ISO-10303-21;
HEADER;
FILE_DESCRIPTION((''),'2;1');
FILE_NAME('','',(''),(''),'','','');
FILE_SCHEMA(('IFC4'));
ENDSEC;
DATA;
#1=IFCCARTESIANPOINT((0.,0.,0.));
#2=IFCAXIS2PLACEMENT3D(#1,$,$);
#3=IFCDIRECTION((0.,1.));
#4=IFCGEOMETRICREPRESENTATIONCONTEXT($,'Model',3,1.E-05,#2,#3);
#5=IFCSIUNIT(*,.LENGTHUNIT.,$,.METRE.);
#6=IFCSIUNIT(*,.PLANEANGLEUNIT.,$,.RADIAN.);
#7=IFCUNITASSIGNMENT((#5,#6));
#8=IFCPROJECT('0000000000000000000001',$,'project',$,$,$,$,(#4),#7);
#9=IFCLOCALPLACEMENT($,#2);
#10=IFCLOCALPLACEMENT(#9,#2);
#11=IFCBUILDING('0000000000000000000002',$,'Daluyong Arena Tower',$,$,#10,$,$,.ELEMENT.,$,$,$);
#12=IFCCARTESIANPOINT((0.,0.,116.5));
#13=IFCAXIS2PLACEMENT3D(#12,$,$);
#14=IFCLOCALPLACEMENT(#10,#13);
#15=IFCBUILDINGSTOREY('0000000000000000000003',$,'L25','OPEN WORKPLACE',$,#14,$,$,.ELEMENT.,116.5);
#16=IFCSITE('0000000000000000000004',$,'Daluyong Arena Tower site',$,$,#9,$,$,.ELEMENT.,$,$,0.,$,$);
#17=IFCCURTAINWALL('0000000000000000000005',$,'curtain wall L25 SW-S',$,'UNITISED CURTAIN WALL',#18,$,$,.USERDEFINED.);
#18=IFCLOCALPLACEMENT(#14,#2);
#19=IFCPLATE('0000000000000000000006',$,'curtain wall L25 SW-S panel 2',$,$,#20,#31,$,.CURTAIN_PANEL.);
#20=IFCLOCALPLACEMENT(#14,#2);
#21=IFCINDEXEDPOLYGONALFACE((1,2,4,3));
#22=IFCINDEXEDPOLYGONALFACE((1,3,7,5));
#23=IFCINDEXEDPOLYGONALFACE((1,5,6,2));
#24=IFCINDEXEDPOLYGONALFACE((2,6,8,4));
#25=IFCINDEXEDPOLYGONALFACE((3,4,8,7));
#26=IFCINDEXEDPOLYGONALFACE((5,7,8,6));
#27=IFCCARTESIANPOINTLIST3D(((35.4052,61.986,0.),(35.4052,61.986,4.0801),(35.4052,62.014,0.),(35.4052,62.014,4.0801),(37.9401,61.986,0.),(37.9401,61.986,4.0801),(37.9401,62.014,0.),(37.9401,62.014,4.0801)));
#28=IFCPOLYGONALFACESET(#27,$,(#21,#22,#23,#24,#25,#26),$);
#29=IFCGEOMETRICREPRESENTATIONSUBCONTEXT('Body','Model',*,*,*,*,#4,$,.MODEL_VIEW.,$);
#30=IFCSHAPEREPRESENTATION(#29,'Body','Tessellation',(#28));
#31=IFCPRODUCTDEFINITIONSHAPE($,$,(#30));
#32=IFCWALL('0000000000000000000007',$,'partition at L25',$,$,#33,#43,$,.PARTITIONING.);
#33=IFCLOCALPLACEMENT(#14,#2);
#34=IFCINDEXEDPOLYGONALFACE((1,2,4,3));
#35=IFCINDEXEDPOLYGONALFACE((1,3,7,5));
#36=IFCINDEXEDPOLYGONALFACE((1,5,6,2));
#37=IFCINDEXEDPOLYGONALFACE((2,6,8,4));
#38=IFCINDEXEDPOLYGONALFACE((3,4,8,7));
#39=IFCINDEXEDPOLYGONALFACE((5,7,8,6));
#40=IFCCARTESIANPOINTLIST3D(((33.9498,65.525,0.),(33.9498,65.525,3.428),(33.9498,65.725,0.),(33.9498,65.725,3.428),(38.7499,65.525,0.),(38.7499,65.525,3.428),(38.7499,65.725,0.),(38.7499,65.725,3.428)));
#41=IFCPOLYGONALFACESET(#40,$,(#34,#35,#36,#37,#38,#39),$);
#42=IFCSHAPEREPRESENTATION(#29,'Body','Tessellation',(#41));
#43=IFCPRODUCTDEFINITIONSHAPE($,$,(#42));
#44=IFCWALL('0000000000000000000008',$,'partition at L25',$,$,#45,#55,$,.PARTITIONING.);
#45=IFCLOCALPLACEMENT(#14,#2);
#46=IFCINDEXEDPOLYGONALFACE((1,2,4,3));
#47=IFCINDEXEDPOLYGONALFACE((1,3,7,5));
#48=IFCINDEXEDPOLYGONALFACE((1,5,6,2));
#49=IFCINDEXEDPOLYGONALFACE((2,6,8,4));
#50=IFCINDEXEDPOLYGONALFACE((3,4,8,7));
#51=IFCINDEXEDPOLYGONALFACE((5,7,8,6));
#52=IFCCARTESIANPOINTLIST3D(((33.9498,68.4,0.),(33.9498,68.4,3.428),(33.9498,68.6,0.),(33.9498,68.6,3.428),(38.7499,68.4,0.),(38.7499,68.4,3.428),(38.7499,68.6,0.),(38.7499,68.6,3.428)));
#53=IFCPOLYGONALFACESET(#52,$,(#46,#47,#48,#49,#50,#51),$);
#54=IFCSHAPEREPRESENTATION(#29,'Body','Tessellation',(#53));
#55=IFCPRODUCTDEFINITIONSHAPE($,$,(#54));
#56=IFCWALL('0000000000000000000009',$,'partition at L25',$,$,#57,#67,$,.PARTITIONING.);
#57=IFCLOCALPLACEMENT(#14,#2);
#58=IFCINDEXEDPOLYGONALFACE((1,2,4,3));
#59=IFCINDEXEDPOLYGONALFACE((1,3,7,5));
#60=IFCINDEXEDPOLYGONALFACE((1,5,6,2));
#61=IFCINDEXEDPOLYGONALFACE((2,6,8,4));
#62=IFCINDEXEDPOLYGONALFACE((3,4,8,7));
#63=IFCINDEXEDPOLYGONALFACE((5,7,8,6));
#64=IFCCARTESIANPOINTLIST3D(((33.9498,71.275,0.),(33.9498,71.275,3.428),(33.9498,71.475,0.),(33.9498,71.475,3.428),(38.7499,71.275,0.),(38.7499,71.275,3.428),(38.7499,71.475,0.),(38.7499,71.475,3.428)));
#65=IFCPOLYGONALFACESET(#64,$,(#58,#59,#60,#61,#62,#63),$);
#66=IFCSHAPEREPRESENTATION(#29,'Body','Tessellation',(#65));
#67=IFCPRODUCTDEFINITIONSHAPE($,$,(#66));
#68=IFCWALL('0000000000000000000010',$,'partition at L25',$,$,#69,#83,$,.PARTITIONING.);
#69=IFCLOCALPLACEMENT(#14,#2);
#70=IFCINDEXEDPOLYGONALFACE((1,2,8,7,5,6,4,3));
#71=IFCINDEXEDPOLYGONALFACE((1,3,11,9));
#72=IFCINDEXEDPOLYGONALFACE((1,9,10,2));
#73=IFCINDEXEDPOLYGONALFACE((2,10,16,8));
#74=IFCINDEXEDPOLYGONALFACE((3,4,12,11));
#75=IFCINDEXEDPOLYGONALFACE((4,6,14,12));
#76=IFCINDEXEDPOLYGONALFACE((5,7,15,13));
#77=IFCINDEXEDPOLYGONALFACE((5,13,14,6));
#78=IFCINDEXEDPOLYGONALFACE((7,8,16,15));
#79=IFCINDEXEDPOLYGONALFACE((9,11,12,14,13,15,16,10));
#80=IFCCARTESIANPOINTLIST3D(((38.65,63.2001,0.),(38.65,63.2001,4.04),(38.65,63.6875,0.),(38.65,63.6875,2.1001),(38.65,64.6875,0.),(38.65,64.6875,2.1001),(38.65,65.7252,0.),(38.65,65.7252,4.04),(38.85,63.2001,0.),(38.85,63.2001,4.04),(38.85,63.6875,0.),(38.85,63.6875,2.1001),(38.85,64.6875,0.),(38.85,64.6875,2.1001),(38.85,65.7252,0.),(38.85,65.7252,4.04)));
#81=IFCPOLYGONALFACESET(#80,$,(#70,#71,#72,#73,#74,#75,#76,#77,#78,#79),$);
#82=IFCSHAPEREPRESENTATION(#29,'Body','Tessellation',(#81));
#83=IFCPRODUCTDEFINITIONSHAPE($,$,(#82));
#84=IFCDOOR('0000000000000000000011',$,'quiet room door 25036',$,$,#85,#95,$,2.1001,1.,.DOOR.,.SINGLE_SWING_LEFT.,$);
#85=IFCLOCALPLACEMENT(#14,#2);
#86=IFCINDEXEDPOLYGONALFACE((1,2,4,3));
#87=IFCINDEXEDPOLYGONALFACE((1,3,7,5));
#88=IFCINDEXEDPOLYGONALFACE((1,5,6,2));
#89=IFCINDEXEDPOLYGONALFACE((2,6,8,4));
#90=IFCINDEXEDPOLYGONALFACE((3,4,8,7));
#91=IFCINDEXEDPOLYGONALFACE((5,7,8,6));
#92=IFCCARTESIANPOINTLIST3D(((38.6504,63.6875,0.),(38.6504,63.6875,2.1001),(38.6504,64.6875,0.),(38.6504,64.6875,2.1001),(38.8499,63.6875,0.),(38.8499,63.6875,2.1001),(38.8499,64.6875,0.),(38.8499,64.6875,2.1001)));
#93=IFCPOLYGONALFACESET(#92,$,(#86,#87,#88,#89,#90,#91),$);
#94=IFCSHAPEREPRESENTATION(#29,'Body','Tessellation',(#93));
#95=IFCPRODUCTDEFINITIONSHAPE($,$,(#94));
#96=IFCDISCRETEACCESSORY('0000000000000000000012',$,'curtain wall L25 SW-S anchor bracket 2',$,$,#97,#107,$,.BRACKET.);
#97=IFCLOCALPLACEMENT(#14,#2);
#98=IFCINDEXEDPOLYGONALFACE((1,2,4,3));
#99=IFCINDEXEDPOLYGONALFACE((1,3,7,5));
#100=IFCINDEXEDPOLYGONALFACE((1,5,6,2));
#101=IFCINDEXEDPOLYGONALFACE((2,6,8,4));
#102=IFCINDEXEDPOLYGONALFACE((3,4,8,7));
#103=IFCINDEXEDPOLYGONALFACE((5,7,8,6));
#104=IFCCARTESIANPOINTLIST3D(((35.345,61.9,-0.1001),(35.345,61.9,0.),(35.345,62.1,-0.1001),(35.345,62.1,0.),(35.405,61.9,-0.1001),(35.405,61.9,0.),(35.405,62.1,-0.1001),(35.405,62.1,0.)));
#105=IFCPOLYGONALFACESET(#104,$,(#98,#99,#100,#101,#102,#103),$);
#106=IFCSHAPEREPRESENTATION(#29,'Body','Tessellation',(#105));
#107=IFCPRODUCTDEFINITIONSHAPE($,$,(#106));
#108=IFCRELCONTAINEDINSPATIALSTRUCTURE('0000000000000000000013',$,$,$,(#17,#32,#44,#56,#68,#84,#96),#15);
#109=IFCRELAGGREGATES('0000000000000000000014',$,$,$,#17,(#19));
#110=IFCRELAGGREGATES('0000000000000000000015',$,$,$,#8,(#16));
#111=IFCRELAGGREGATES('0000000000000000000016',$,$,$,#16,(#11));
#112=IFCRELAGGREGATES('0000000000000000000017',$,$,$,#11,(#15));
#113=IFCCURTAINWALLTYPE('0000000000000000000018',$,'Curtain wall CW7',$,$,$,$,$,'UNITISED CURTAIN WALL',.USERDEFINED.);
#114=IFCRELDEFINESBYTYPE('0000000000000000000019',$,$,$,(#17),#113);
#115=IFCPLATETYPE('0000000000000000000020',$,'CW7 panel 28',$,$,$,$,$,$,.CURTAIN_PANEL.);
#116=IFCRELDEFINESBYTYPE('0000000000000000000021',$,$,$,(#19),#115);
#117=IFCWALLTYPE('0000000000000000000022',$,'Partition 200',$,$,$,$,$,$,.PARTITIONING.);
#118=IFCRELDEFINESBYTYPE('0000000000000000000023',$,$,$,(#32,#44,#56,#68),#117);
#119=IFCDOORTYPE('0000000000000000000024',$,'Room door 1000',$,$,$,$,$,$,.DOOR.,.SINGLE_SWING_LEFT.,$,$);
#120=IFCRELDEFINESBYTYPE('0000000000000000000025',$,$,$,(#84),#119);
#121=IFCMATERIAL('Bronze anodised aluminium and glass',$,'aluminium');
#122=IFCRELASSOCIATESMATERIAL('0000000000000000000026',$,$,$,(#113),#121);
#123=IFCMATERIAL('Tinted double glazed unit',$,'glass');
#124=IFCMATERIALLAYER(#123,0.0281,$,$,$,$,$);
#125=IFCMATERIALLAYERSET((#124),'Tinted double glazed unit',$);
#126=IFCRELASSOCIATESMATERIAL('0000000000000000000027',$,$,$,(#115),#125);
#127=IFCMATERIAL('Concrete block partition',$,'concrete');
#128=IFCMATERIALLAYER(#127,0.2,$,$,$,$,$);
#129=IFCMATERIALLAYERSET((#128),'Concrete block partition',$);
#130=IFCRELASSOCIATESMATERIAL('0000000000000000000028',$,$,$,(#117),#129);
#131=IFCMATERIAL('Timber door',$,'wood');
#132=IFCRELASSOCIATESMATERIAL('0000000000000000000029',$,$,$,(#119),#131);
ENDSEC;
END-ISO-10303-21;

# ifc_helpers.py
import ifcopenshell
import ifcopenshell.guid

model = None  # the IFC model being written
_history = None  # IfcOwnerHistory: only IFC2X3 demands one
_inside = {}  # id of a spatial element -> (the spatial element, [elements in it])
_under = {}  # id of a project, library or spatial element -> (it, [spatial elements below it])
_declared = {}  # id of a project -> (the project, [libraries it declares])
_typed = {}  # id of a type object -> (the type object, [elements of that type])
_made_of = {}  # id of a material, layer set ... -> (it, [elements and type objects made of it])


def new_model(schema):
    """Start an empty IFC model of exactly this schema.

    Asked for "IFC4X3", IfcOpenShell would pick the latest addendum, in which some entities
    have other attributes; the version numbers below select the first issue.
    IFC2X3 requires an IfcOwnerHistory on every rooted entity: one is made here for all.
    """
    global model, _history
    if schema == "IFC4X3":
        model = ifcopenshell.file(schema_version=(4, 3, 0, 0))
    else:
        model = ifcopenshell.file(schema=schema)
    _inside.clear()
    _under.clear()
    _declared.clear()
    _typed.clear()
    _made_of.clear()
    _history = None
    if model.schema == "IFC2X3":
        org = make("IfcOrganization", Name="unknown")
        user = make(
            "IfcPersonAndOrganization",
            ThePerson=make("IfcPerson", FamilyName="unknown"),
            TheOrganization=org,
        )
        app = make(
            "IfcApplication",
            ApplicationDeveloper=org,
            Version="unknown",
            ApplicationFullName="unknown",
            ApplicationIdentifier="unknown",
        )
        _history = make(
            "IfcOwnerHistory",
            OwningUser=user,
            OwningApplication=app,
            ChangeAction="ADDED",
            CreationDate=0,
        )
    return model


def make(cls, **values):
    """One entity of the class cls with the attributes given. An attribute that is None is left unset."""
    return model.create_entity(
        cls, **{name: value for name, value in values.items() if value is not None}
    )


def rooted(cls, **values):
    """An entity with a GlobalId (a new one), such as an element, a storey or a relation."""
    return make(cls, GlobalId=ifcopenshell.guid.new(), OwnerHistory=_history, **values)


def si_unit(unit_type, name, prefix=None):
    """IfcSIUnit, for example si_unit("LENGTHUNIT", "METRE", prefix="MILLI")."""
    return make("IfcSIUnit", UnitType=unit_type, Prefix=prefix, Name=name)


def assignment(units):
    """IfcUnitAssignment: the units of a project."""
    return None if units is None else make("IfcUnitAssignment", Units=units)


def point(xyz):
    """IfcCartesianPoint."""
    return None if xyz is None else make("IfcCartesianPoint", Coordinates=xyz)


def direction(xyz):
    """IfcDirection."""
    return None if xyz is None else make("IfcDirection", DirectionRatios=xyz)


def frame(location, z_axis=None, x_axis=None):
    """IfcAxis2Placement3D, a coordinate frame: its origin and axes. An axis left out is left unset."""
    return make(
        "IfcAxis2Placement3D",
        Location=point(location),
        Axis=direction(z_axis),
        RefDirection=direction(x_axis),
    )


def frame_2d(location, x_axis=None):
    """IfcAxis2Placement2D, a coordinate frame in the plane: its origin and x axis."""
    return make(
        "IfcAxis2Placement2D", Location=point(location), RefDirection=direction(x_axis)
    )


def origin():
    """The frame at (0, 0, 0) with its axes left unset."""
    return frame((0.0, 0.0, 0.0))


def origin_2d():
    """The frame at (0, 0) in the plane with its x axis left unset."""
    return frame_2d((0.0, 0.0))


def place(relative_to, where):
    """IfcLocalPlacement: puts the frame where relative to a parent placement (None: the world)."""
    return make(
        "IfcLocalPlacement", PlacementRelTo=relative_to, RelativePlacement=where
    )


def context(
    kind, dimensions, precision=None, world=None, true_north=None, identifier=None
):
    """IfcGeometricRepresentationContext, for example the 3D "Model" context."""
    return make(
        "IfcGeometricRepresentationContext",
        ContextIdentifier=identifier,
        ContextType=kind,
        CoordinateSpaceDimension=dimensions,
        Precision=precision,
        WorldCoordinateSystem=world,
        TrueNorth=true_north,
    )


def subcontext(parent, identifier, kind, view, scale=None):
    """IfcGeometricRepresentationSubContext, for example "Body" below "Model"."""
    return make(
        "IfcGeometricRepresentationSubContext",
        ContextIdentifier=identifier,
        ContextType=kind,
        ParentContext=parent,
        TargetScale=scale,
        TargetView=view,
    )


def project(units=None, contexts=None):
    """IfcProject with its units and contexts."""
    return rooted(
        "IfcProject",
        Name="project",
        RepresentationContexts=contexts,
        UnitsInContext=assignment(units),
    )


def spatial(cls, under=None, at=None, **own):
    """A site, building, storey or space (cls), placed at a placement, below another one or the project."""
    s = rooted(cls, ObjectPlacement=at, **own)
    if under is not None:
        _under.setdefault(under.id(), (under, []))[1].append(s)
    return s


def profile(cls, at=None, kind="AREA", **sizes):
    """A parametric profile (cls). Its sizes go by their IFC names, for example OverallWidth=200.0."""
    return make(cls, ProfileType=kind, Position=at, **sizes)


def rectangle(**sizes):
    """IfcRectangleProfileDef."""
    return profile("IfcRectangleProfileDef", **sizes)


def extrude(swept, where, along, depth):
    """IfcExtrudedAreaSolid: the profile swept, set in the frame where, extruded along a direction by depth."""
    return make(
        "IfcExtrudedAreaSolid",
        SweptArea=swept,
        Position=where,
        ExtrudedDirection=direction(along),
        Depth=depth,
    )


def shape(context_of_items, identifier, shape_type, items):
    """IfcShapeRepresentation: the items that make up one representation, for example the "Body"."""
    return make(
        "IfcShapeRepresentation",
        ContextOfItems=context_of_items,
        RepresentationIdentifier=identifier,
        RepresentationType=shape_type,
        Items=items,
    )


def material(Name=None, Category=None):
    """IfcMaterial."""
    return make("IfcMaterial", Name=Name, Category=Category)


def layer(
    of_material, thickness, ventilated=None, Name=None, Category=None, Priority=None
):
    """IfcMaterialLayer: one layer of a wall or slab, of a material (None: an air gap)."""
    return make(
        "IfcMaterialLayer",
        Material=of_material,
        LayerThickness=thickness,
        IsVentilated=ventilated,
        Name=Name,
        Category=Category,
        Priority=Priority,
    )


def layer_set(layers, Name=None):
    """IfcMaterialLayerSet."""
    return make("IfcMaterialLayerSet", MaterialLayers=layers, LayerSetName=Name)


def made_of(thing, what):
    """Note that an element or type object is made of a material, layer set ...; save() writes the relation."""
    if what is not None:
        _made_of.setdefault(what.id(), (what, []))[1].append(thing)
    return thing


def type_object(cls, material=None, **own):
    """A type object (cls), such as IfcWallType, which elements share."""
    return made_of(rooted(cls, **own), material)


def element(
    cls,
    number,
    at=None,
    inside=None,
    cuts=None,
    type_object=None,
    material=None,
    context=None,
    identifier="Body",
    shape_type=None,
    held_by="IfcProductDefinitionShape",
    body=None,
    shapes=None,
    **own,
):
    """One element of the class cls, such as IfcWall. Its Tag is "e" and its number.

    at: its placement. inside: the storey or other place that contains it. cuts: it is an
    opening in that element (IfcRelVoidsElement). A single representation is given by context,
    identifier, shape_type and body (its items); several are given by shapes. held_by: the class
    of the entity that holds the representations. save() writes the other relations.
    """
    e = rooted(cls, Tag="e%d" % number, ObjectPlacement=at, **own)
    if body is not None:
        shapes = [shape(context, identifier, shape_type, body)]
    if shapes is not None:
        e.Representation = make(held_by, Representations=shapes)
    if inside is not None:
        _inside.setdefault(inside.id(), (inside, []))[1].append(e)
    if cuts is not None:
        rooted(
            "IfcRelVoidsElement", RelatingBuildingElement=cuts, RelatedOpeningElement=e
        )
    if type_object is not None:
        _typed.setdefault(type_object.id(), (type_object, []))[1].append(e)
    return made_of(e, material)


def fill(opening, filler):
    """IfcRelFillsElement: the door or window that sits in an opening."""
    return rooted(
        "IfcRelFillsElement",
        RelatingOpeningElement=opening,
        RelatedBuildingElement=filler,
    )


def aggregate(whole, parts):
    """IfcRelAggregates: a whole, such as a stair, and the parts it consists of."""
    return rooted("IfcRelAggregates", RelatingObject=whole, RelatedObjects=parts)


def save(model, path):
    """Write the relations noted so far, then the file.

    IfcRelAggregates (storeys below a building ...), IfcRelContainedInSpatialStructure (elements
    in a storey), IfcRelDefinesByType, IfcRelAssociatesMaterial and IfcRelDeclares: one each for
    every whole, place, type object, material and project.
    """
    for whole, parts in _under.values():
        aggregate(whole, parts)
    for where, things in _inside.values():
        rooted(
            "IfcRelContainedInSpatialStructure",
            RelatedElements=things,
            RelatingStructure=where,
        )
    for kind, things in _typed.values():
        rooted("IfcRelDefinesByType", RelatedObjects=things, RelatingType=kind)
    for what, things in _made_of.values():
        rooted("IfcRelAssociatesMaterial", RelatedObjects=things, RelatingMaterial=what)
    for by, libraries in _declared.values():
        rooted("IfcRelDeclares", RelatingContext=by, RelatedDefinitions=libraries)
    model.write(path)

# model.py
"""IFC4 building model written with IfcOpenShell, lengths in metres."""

from ifc_helpers import new_model, si_unit, direction, frame, frame_2d, origin, origin_2d, place, context, subcontext, project, spatial, rectangle, extrude, material, layer, layer_set, type_object, element, fill, aggregate, save


model = new_model("IFC4")

# Units and contexts
model_context = context("Model", 3, precision=1e-05, world=origin(), true_north=direction((0.0, 1.0)))
body_context = subcontext(model_context, "Body", "Model", "MODEL_VIEW")
ifc_project = project(units=[si_unit("LENGTHUNIT", "METRE"), si_unit("PLANEANGLEUNIT", "RADIAN")], contexts=[model_context])

# Site, building, storey
site_placement = place(None, origin())
site = spatial("IfcSite", under=ifc_project, at=site_placement, Name="Daluyong Arena Tower site", CompositionType="ELEMENT", RefElevation=0.0)
building_placement = place(site_placement, origin())
building = spatial("IfcBuilding", under=site, at=building_placement, Name="Daluyong Arena Tower", CompositionType="ELEMENT")
storey_placement = place(building_placement, frame((0.0, 0.0, 116.5)))
storey = spatial("IfcBuildingStorey", under=building, at=storey_placement, Name="L25", Description="OPEN WORKPLACE", CompositionType="ELEMENT", Elevation=116.5)

# Curtain wall
ifc_material_1 = material(Name="Bronze anodised aluminium and glass", Category="aluminium")
curtain_wall_type = type_object("IfcCurtainWallType", Name="Curtain wall CW7", ElementType="UNITISED CURTAIN WALL", PredefinedType="USERDEFINED", material=ifc_material_1)
curtain_wall_1_placement = place(storey_placement, origin())
curtain_wall_1 = element("IfcCurtainWall", 1, at=curtain_wall_1_placement, inside=storey, type_object=curtain_wall_type, Name="curtain wall L25 SW-S", ObjectType="UNITISED CURTAIN WALL", PredefinedType="USERDEFINED")

# Plate
ifc_material_2 = material(Name="Tinted double glazed unit", Category="glass")
ifc_layer_1 = layer(ifc_material_2, 0.0281)
ifc_layer_set_1 = layer_set([ifc_layer_1], Name="Tinted double glazed unit")
plate_type = type_object("IfcPlateType", Name="CW7 panel 28", PredefinedType="CURTAIN_PANEL", material=ifc_layer_set_1)
plate_1_placement = place(storey_placement, frame((36.6726, 62.0, 0.0), z_axis=(0.0, 0.0, 1.0), x_axis=(1.0, 0.0, 0.0)))
plate_1 = element("IfcPlate", 2, at=plate_1_placement, type_object=plate_type, Name="curtain wall L25 SW-S panel 2", PredefinedType="CURTAIN_PANEL", context=body_context, shape_type="SweptSolid", body=[
    extrude(rectangle(XDim=2.5349, YDim=0.0281, at=origin_2d()), origin(), (0.0, 0.0, 1.0), 4.0801),
])
aggregate(curtain_wall_1, [plate_1])

# Walls
ifc_material_3 = material(Name="Concrete block partition", Category="concrete")
ifc_layer_2 = layer(ifc_material_3, 0.2)
ifc_layer_set_2 = layer_set([ifc_layer_2], Name="Concrete block partition")
wall_type = type_object("IfcWallType", Name="Partition 200", PredefinedType="PARTITIONING", material=ifc_layer_set_2)
for number, where, z_axis, x_axis, name in (
    (3, (33.95, 65.625, 0.0), (0.0, 0.0, 1.0), (1.0, 0.0, 0.0), "partition at L25"),
    (4, (33.95, 68.5, 0.0), (0.0, 0.0, 1.0), (1.0, 0.0, 0.0), "partition at L25"),
    (5, (33.95, 71.375, 0.0), (0.0, 0.0, 1.0), (1.0, 0.0, 0.0), "partition at L25"),
):
    element("IfcWall", number, at=place(storey_placement, frame(where, z_axis=z_axis, x_axis=x_axis)), inside=storey, type_object=wall_type, Name=name, PredefinedType="PARTITIONING", context=body_context, shape_type="SweptSolid", body=[
        extrude(rectangle(XDim=4.8, YDim=0.2, at=frame_2d((2.3999, 0.0))), origin(), (0.0, 0.0, 1.0), 3.428),
    ])

# Wall, opening, door
wall_placement = place(storey_placement, frame((38.75, 63.2, 0.0), z_axis=(0.0, 0.0, 1.0), x_axis=(0.0, 1.0, 0.0)))
wall = element("IfcWall", 6, at=wall_placement, inside=storey, type_object=wall_type, Name="partition at L25", PredefinedType="PARTITIONING", context=body_context, shape_type="SweptSolid", body=[
    extrude(rectangle(XDim=2.5251, YDim=0.2, at=frame_2d((1.2627, 0.0))), origin(), (0.0, 0.0, 1.0), 4.04),
])
opening_placement = place(wall_placement, frame((0.4875, 0.0, 0.0)))
opening = element("IfcOpeningElement", 7, at=opening_placement, cuts=wall, PredefinedType="OPENING", context=body_context, shape_type="SweptSolid", body=[
    extrude(rectangle(XDim=1.0, YDim=2.1001, at=frame_2d((0.5, 1.05))), frame((0.0, 0.1099, 0.0), z_axis=(0.0, -1.0, 0.0), x_axis=(1.0, 0.0, 0.0)), (0.0, 0.0, 1.0), 0.22),
])
ifc_material_4 = material(Name="Timber door", Category="wood")
door_type = type_object("IfcDoorType", Name="Room door 1000", OperationType="SINGLE_SWING_LEFT", PredefinedType="DOOR", material=ifc_material_4)
door_placement = place(opening_placement, origin())
door = element("IfcDoor", 8, at=door_placement, inside=storey, type_object=door_type, Name="quiet room door 25036", OperationType="SINGLE_SWING_LEFT", OverallHeight=2.1001, OverallWidth=1.0, PredefinedType="DOOR", context=body_context, shape_type="SweptSolid", body=[
    extrude(rectangle(XDim=1.0, YDim=2.1001, at=frame_2d((0.5, 1.05))), frame((0.0, 0.0996, 0.0), z_axis=(0.0, -1.0, 0.0), x_axis=(1.0, 0.0, 0.0)), (0.0, 0.0, 1.0), 0.1995),
])
fill(opening, door)

# Discrete accessory
discrete_accessory_placement = place(storey_placement, frame((35.375, 62.0, -0.1001), z_axis=(0.0, 0.0, 1.0), x_axis=(1.0, 0.0, 0.0)))
element("IfcDiscreteAccessory", 9, at=discrete_accessory_placement, inside=storey, Name="curtain wall L25 SW-S anchor bracket 2", PredefinedType="BRACKET", context=body_context, shape_type="SweptSolid", body=[
    extrude(rectangle(XDim=0.0601, YDim=0.2, at=origin_2d()), origin(), (0.0, 0.0, 1.0), 0.1001),
])

save(model, "model.ifc")
